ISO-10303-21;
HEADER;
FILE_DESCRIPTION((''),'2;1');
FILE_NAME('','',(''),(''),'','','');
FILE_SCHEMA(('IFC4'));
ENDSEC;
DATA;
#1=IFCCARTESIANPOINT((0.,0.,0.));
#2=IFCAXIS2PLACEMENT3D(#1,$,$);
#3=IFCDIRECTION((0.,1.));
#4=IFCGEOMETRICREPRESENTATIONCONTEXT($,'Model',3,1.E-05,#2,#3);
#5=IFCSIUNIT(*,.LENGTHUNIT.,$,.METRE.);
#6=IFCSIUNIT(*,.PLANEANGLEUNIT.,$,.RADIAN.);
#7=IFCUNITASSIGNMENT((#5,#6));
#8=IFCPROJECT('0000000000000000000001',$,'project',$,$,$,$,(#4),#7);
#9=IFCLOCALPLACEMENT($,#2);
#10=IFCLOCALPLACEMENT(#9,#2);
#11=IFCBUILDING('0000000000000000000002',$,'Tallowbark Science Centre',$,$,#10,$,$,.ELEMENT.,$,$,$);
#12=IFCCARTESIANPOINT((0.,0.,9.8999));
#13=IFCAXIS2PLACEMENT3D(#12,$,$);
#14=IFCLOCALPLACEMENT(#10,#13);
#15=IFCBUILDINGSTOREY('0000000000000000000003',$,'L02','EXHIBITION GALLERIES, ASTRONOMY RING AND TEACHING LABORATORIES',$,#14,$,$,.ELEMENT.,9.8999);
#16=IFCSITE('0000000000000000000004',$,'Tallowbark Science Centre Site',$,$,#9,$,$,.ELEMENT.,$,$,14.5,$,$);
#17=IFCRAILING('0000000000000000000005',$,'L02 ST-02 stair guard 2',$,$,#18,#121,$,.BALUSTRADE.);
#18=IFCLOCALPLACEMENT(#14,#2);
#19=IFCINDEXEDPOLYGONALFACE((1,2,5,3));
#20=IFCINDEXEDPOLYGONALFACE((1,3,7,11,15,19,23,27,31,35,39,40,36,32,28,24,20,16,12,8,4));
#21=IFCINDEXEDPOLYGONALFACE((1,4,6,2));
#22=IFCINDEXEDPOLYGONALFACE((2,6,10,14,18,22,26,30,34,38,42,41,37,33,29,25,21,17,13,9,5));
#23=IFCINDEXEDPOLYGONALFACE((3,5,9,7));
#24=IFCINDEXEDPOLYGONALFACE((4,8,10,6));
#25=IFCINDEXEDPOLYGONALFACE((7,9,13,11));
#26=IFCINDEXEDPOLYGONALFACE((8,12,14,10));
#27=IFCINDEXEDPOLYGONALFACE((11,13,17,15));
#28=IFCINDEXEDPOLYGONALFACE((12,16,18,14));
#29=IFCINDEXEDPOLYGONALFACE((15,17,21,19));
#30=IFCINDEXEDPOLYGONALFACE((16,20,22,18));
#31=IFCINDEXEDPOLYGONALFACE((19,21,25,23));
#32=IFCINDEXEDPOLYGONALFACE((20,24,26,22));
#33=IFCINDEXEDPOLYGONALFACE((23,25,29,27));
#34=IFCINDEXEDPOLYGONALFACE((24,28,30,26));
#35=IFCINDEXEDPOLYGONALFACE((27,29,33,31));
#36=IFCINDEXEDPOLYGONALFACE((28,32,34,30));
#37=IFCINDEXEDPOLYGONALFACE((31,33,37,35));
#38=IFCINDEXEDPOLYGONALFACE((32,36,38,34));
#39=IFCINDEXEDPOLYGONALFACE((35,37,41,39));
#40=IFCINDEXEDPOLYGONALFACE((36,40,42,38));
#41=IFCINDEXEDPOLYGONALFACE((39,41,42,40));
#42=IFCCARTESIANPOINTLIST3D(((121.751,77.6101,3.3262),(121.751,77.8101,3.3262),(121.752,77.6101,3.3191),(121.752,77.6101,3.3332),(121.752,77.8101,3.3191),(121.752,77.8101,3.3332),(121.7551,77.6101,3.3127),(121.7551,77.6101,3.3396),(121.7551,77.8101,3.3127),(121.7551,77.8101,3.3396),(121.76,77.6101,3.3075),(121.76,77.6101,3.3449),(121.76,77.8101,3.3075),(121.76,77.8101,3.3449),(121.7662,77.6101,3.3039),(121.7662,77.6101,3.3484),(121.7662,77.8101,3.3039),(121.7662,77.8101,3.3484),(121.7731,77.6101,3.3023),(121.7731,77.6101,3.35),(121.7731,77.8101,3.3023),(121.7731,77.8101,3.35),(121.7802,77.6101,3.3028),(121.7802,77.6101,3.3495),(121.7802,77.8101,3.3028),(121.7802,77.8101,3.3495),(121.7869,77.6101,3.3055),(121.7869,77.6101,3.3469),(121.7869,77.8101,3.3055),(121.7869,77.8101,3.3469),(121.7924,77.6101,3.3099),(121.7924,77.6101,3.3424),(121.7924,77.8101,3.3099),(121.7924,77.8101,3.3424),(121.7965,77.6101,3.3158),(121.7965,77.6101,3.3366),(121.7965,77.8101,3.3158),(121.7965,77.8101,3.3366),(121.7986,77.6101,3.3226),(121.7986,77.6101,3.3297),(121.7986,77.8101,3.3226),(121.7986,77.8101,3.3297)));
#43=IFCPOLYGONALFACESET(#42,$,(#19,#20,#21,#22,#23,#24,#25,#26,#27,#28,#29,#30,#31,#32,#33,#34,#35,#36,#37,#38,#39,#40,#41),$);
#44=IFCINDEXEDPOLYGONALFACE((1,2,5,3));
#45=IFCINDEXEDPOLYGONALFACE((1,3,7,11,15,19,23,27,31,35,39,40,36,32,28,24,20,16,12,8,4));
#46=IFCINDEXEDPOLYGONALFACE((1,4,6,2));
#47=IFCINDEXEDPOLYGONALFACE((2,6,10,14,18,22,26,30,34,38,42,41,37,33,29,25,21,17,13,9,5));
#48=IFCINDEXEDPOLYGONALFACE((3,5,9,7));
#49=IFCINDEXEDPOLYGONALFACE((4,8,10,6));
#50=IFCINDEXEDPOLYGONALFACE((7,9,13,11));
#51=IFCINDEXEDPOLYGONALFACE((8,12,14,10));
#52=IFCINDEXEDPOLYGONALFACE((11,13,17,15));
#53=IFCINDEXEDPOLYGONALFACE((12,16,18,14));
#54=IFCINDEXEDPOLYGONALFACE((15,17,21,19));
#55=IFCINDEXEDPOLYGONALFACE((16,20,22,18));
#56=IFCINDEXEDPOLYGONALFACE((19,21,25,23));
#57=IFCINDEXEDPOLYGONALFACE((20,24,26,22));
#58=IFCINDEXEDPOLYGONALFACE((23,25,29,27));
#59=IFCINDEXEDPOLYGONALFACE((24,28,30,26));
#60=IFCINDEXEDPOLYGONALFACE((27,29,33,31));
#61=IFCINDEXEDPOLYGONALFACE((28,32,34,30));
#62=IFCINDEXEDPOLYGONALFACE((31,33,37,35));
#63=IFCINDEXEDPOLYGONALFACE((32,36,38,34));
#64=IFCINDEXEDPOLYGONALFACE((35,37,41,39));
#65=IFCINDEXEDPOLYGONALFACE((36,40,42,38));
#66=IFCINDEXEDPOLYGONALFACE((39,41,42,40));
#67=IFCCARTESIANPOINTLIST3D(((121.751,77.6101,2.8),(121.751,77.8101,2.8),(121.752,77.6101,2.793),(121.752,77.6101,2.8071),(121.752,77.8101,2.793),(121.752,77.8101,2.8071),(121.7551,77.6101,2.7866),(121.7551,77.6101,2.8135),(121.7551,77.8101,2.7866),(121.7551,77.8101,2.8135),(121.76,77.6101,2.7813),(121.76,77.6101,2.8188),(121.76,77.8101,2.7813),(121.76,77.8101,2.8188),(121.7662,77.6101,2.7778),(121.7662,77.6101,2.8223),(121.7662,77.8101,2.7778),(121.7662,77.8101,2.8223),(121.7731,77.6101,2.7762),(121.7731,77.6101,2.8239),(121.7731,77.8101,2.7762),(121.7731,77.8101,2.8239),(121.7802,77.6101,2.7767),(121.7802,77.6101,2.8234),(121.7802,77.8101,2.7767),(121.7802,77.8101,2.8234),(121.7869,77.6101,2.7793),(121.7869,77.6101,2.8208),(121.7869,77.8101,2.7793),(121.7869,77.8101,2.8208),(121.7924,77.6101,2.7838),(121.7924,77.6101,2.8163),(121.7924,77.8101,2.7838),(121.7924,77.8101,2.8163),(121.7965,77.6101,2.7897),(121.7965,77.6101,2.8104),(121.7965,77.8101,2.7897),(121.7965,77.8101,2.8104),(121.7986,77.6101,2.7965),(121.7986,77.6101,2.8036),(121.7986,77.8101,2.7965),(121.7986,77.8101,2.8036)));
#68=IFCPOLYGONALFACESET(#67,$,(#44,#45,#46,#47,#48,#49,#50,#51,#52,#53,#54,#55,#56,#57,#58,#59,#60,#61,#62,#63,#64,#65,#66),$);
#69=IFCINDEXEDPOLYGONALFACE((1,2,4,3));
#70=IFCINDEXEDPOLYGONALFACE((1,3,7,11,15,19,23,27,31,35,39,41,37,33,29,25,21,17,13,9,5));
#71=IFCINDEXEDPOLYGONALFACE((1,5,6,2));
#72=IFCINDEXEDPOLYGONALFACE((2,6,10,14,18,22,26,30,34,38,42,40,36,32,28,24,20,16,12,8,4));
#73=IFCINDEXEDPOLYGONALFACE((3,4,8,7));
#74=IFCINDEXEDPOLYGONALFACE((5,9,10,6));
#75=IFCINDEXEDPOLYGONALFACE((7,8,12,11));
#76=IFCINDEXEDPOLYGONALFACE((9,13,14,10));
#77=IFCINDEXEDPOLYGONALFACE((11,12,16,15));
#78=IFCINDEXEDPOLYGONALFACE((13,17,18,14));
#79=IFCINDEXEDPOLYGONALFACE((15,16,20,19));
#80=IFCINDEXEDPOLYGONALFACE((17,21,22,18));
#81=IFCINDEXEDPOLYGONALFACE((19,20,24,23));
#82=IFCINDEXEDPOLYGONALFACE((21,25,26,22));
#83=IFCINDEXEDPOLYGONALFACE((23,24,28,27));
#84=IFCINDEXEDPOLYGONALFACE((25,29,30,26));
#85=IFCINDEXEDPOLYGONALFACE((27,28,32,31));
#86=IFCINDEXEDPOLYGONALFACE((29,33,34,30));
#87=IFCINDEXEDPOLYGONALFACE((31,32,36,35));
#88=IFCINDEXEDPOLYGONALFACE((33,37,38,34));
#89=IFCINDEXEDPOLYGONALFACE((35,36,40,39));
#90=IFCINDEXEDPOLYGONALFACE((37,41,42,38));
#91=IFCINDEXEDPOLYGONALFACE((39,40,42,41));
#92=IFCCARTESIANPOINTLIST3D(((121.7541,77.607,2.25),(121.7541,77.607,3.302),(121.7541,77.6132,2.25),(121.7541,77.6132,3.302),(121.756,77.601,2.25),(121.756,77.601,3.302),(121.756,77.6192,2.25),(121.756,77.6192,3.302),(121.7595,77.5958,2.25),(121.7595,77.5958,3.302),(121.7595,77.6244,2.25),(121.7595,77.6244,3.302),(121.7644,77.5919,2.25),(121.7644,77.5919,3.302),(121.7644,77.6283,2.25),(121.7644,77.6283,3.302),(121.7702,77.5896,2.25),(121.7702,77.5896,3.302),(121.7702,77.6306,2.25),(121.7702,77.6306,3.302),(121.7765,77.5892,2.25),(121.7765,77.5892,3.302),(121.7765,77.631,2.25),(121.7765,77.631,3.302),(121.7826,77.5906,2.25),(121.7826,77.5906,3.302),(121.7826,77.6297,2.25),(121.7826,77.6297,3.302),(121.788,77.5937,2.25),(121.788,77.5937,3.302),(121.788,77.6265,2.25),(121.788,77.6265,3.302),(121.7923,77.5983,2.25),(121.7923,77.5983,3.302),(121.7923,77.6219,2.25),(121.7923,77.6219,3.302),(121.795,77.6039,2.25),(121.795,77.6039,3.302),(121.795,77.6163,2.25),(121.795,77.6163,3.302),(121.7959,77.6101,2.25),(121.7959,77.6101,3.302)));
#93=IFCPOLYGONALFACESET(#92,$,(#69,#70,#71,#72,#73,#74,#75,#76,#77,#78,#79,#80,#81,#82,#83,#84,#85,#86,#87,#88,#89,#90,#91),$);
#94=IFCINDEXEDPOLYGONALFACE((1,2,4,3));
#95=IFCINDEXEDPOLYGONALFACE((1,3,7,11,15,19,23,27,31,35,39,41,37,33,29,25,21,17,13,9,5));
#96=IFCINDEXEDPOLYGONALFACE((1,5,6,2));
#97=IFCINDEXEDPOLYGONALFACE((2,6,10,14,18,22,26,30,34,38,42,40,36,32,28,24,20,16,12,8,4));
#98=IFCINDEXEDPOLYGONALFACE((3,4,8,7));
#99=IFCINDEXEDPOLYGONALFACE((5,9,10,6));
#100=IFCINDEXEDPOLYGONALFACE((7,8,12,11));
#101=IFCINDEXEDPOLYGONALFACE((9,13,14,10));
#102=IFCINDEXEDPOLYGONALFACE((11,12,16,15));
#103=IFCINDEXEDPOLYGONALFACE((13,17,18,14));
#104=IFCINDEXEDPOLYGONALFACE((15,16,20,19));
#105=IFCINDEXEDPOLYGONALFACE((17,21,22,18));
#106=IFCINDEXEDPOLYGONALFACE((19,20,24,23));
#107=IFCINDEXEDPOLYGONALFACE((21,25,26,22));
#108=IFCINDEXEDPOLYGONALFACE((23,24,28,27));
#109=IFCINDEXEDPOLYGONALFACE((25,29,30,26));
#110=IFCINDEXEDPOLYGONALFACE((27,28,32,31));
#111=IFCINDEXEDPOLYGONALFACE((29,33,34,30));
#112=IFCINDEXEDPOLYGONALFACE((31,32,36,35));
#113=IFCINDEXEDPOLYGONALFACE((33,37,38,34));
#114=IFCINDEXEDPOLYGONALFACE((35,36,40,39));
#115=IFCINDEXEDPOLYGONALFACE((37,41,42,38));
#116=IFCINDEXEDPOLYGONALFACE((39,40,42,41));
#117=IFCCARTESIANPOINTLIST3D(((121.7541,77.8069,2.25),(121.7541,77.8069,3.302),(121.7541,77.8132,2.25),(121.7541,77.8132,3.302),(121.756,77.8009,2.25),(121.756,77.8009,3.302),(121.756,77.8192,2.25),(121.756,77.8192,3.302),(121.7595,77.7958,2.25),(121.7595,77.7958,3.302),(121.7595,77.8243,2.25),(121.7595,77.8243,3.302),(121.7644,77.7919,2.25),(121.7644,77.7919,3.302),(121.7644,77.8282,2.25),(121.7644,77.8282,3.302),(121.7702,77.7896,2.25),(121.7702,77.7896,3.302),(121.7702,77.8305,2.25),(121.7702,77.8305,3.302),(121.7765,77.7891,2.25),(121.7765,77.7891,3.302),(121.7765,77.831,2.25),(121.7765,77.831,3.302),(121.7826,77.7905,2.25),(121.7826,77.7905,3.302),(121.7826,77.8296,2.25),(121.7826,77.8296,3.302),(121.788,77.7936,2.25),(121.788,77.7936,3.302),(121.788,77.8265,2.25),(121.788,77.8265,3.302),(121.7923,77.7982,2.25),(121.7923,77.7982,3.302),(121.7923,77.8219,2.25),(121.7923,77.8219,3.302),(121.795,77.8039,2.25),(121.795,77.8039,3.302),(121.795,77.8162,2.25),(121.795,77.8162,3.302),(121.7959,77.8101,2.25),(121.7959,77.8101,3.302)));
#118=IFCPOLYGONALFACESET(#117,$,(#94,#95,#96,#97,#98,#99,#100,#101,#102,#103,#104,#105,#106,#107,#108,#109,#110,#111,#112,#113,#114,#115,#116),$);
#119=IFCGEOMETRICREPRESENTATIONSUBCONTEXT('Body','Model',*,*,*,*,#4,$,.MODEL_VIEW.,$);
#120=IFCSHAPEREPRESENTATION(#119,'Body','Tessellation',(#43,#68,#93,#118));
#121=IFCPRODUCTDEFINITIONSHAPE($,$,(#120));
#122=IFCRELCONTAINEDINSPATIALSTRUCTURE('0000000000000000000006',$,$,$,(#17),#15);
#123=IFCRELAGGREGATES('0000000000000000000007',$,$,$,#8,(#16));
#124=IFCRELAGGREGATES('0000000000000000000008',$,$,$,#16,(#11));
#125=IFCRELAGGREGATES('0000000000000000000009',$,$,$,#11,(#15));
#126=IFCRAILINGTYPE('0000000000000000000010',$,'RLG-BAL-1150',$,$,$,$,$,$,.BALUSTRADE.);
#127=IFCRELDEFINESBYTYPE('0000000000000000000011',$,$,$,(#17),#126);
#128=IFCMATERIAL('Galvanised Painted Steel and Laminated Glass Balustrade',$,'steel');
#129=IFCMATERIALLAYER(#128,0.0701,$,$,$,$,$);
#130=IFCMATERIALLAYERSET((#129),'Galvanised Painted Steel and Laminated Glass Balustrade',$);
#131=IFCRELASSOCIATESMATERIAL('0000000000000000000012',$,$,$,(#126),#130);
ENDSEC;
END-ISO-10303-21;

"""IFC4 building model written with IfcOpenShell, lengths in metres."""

from ifc_helpers import new_model, si_unit, direction, frame, origin, origin_2d, place, context, subcontext, project, spatial, circle, extrude, material, layer, layer_set, type_object, element, save


model = new_model("IFC4")

# Units and contexts
model_context = context("Model", 3, precision=1e-05, world=origin(), true_north=direction((0.0, 1.0)))
body_context = subcontext(model_context, "Body", "Model", "MODEL_VIEW")
ifc_project = project(units=[si_unit("LENGTHUNIT", "METRE"), si_unit("PLANEANGLEUNIT", "RADIAN")], contexts=[model_context])

# Site, building, storey
site_placement = place(None, origin())
site = spatial("IfcSite", under=ifc_project, at=site_placement, Name="Tallowbark Science Centre Site", CompositionType="ELEMENT", RefElevation=14.5)
building_placement = place(site_placement, origin())
building = spatial("IfcBuilding", under=site, at=building_placement, Name="Tallowbark Science Centre", CompositionType="ELEMENT")
storey_placement = place(building_placement, frame((0.0, 0.0, 9.8999)))
storey = spatial("IfcBuildingStorey", under=building, at=storey_placement, Name="L02", Description="EXHIBITION GALLERIES, ASTRONOMY RING AND TEACHING LABORATORIES", CompositionType="ELEMENT", Elevation=9.8999)

# Railing
ifc_material_1 = material(Name="Galvanised Painted Steel and Laminated Glass Balustrade", Category="steel")
ifc_layer_1 = layer(ifc_material_1, 0.0701)
ifc_layer_set_1 = layer_set([ifc_layer_1], Name="Galvanised Painted Steel and Laminated Glass Balustrade")
railing_type_1 = type_object("IfcRailingType", Name="RLG-BAL-1150", PredefinedType="BALUSTRADE", material=ifc_layer_set_1)
railing_1_placement = place(storey_placement, frame((121.7749, 77.6101, 2.25)))
element("IfcRailing", 1, at=railing_1_placement, inside=storey, type_object=railing_type_1, Name="L02 ST-02 stair guard 2", PredefinedType="BALUSTRADE", context=body_context, shape_type="SweptSolid", body=[
    extrude(circle(Radius=0.0239, at=origin_2d()), frame((0.0, 0.0, 1.0762), z_axis=(0.0, 1.0, 0.0), x_axis=(-1.0, 0.0, 0.0)), (0.0, 0.0, 1.0), 0.2),
    extrude(circle(Radius=0.0239, at=origin_2d()), frame((0.0, 0.0, 0.55), z_axis=(0.0, 1.0, 0.0), x_axis=(-1.0, 0.0, 0.0)), (0.0, 0.0, 1.0), 0.2),
    extrude(circle(Radius=0.021, at=origin_2d()), origin(), (0.0, 0.0, 1.0), 1.052),
    extrude(circle(Radius=0.021, at=origin_2d()), frame((0.0, 0.2, 0.0)), (0.0, 0.0, 1.0), 1.052),
])

save(model, "model.ifc")
